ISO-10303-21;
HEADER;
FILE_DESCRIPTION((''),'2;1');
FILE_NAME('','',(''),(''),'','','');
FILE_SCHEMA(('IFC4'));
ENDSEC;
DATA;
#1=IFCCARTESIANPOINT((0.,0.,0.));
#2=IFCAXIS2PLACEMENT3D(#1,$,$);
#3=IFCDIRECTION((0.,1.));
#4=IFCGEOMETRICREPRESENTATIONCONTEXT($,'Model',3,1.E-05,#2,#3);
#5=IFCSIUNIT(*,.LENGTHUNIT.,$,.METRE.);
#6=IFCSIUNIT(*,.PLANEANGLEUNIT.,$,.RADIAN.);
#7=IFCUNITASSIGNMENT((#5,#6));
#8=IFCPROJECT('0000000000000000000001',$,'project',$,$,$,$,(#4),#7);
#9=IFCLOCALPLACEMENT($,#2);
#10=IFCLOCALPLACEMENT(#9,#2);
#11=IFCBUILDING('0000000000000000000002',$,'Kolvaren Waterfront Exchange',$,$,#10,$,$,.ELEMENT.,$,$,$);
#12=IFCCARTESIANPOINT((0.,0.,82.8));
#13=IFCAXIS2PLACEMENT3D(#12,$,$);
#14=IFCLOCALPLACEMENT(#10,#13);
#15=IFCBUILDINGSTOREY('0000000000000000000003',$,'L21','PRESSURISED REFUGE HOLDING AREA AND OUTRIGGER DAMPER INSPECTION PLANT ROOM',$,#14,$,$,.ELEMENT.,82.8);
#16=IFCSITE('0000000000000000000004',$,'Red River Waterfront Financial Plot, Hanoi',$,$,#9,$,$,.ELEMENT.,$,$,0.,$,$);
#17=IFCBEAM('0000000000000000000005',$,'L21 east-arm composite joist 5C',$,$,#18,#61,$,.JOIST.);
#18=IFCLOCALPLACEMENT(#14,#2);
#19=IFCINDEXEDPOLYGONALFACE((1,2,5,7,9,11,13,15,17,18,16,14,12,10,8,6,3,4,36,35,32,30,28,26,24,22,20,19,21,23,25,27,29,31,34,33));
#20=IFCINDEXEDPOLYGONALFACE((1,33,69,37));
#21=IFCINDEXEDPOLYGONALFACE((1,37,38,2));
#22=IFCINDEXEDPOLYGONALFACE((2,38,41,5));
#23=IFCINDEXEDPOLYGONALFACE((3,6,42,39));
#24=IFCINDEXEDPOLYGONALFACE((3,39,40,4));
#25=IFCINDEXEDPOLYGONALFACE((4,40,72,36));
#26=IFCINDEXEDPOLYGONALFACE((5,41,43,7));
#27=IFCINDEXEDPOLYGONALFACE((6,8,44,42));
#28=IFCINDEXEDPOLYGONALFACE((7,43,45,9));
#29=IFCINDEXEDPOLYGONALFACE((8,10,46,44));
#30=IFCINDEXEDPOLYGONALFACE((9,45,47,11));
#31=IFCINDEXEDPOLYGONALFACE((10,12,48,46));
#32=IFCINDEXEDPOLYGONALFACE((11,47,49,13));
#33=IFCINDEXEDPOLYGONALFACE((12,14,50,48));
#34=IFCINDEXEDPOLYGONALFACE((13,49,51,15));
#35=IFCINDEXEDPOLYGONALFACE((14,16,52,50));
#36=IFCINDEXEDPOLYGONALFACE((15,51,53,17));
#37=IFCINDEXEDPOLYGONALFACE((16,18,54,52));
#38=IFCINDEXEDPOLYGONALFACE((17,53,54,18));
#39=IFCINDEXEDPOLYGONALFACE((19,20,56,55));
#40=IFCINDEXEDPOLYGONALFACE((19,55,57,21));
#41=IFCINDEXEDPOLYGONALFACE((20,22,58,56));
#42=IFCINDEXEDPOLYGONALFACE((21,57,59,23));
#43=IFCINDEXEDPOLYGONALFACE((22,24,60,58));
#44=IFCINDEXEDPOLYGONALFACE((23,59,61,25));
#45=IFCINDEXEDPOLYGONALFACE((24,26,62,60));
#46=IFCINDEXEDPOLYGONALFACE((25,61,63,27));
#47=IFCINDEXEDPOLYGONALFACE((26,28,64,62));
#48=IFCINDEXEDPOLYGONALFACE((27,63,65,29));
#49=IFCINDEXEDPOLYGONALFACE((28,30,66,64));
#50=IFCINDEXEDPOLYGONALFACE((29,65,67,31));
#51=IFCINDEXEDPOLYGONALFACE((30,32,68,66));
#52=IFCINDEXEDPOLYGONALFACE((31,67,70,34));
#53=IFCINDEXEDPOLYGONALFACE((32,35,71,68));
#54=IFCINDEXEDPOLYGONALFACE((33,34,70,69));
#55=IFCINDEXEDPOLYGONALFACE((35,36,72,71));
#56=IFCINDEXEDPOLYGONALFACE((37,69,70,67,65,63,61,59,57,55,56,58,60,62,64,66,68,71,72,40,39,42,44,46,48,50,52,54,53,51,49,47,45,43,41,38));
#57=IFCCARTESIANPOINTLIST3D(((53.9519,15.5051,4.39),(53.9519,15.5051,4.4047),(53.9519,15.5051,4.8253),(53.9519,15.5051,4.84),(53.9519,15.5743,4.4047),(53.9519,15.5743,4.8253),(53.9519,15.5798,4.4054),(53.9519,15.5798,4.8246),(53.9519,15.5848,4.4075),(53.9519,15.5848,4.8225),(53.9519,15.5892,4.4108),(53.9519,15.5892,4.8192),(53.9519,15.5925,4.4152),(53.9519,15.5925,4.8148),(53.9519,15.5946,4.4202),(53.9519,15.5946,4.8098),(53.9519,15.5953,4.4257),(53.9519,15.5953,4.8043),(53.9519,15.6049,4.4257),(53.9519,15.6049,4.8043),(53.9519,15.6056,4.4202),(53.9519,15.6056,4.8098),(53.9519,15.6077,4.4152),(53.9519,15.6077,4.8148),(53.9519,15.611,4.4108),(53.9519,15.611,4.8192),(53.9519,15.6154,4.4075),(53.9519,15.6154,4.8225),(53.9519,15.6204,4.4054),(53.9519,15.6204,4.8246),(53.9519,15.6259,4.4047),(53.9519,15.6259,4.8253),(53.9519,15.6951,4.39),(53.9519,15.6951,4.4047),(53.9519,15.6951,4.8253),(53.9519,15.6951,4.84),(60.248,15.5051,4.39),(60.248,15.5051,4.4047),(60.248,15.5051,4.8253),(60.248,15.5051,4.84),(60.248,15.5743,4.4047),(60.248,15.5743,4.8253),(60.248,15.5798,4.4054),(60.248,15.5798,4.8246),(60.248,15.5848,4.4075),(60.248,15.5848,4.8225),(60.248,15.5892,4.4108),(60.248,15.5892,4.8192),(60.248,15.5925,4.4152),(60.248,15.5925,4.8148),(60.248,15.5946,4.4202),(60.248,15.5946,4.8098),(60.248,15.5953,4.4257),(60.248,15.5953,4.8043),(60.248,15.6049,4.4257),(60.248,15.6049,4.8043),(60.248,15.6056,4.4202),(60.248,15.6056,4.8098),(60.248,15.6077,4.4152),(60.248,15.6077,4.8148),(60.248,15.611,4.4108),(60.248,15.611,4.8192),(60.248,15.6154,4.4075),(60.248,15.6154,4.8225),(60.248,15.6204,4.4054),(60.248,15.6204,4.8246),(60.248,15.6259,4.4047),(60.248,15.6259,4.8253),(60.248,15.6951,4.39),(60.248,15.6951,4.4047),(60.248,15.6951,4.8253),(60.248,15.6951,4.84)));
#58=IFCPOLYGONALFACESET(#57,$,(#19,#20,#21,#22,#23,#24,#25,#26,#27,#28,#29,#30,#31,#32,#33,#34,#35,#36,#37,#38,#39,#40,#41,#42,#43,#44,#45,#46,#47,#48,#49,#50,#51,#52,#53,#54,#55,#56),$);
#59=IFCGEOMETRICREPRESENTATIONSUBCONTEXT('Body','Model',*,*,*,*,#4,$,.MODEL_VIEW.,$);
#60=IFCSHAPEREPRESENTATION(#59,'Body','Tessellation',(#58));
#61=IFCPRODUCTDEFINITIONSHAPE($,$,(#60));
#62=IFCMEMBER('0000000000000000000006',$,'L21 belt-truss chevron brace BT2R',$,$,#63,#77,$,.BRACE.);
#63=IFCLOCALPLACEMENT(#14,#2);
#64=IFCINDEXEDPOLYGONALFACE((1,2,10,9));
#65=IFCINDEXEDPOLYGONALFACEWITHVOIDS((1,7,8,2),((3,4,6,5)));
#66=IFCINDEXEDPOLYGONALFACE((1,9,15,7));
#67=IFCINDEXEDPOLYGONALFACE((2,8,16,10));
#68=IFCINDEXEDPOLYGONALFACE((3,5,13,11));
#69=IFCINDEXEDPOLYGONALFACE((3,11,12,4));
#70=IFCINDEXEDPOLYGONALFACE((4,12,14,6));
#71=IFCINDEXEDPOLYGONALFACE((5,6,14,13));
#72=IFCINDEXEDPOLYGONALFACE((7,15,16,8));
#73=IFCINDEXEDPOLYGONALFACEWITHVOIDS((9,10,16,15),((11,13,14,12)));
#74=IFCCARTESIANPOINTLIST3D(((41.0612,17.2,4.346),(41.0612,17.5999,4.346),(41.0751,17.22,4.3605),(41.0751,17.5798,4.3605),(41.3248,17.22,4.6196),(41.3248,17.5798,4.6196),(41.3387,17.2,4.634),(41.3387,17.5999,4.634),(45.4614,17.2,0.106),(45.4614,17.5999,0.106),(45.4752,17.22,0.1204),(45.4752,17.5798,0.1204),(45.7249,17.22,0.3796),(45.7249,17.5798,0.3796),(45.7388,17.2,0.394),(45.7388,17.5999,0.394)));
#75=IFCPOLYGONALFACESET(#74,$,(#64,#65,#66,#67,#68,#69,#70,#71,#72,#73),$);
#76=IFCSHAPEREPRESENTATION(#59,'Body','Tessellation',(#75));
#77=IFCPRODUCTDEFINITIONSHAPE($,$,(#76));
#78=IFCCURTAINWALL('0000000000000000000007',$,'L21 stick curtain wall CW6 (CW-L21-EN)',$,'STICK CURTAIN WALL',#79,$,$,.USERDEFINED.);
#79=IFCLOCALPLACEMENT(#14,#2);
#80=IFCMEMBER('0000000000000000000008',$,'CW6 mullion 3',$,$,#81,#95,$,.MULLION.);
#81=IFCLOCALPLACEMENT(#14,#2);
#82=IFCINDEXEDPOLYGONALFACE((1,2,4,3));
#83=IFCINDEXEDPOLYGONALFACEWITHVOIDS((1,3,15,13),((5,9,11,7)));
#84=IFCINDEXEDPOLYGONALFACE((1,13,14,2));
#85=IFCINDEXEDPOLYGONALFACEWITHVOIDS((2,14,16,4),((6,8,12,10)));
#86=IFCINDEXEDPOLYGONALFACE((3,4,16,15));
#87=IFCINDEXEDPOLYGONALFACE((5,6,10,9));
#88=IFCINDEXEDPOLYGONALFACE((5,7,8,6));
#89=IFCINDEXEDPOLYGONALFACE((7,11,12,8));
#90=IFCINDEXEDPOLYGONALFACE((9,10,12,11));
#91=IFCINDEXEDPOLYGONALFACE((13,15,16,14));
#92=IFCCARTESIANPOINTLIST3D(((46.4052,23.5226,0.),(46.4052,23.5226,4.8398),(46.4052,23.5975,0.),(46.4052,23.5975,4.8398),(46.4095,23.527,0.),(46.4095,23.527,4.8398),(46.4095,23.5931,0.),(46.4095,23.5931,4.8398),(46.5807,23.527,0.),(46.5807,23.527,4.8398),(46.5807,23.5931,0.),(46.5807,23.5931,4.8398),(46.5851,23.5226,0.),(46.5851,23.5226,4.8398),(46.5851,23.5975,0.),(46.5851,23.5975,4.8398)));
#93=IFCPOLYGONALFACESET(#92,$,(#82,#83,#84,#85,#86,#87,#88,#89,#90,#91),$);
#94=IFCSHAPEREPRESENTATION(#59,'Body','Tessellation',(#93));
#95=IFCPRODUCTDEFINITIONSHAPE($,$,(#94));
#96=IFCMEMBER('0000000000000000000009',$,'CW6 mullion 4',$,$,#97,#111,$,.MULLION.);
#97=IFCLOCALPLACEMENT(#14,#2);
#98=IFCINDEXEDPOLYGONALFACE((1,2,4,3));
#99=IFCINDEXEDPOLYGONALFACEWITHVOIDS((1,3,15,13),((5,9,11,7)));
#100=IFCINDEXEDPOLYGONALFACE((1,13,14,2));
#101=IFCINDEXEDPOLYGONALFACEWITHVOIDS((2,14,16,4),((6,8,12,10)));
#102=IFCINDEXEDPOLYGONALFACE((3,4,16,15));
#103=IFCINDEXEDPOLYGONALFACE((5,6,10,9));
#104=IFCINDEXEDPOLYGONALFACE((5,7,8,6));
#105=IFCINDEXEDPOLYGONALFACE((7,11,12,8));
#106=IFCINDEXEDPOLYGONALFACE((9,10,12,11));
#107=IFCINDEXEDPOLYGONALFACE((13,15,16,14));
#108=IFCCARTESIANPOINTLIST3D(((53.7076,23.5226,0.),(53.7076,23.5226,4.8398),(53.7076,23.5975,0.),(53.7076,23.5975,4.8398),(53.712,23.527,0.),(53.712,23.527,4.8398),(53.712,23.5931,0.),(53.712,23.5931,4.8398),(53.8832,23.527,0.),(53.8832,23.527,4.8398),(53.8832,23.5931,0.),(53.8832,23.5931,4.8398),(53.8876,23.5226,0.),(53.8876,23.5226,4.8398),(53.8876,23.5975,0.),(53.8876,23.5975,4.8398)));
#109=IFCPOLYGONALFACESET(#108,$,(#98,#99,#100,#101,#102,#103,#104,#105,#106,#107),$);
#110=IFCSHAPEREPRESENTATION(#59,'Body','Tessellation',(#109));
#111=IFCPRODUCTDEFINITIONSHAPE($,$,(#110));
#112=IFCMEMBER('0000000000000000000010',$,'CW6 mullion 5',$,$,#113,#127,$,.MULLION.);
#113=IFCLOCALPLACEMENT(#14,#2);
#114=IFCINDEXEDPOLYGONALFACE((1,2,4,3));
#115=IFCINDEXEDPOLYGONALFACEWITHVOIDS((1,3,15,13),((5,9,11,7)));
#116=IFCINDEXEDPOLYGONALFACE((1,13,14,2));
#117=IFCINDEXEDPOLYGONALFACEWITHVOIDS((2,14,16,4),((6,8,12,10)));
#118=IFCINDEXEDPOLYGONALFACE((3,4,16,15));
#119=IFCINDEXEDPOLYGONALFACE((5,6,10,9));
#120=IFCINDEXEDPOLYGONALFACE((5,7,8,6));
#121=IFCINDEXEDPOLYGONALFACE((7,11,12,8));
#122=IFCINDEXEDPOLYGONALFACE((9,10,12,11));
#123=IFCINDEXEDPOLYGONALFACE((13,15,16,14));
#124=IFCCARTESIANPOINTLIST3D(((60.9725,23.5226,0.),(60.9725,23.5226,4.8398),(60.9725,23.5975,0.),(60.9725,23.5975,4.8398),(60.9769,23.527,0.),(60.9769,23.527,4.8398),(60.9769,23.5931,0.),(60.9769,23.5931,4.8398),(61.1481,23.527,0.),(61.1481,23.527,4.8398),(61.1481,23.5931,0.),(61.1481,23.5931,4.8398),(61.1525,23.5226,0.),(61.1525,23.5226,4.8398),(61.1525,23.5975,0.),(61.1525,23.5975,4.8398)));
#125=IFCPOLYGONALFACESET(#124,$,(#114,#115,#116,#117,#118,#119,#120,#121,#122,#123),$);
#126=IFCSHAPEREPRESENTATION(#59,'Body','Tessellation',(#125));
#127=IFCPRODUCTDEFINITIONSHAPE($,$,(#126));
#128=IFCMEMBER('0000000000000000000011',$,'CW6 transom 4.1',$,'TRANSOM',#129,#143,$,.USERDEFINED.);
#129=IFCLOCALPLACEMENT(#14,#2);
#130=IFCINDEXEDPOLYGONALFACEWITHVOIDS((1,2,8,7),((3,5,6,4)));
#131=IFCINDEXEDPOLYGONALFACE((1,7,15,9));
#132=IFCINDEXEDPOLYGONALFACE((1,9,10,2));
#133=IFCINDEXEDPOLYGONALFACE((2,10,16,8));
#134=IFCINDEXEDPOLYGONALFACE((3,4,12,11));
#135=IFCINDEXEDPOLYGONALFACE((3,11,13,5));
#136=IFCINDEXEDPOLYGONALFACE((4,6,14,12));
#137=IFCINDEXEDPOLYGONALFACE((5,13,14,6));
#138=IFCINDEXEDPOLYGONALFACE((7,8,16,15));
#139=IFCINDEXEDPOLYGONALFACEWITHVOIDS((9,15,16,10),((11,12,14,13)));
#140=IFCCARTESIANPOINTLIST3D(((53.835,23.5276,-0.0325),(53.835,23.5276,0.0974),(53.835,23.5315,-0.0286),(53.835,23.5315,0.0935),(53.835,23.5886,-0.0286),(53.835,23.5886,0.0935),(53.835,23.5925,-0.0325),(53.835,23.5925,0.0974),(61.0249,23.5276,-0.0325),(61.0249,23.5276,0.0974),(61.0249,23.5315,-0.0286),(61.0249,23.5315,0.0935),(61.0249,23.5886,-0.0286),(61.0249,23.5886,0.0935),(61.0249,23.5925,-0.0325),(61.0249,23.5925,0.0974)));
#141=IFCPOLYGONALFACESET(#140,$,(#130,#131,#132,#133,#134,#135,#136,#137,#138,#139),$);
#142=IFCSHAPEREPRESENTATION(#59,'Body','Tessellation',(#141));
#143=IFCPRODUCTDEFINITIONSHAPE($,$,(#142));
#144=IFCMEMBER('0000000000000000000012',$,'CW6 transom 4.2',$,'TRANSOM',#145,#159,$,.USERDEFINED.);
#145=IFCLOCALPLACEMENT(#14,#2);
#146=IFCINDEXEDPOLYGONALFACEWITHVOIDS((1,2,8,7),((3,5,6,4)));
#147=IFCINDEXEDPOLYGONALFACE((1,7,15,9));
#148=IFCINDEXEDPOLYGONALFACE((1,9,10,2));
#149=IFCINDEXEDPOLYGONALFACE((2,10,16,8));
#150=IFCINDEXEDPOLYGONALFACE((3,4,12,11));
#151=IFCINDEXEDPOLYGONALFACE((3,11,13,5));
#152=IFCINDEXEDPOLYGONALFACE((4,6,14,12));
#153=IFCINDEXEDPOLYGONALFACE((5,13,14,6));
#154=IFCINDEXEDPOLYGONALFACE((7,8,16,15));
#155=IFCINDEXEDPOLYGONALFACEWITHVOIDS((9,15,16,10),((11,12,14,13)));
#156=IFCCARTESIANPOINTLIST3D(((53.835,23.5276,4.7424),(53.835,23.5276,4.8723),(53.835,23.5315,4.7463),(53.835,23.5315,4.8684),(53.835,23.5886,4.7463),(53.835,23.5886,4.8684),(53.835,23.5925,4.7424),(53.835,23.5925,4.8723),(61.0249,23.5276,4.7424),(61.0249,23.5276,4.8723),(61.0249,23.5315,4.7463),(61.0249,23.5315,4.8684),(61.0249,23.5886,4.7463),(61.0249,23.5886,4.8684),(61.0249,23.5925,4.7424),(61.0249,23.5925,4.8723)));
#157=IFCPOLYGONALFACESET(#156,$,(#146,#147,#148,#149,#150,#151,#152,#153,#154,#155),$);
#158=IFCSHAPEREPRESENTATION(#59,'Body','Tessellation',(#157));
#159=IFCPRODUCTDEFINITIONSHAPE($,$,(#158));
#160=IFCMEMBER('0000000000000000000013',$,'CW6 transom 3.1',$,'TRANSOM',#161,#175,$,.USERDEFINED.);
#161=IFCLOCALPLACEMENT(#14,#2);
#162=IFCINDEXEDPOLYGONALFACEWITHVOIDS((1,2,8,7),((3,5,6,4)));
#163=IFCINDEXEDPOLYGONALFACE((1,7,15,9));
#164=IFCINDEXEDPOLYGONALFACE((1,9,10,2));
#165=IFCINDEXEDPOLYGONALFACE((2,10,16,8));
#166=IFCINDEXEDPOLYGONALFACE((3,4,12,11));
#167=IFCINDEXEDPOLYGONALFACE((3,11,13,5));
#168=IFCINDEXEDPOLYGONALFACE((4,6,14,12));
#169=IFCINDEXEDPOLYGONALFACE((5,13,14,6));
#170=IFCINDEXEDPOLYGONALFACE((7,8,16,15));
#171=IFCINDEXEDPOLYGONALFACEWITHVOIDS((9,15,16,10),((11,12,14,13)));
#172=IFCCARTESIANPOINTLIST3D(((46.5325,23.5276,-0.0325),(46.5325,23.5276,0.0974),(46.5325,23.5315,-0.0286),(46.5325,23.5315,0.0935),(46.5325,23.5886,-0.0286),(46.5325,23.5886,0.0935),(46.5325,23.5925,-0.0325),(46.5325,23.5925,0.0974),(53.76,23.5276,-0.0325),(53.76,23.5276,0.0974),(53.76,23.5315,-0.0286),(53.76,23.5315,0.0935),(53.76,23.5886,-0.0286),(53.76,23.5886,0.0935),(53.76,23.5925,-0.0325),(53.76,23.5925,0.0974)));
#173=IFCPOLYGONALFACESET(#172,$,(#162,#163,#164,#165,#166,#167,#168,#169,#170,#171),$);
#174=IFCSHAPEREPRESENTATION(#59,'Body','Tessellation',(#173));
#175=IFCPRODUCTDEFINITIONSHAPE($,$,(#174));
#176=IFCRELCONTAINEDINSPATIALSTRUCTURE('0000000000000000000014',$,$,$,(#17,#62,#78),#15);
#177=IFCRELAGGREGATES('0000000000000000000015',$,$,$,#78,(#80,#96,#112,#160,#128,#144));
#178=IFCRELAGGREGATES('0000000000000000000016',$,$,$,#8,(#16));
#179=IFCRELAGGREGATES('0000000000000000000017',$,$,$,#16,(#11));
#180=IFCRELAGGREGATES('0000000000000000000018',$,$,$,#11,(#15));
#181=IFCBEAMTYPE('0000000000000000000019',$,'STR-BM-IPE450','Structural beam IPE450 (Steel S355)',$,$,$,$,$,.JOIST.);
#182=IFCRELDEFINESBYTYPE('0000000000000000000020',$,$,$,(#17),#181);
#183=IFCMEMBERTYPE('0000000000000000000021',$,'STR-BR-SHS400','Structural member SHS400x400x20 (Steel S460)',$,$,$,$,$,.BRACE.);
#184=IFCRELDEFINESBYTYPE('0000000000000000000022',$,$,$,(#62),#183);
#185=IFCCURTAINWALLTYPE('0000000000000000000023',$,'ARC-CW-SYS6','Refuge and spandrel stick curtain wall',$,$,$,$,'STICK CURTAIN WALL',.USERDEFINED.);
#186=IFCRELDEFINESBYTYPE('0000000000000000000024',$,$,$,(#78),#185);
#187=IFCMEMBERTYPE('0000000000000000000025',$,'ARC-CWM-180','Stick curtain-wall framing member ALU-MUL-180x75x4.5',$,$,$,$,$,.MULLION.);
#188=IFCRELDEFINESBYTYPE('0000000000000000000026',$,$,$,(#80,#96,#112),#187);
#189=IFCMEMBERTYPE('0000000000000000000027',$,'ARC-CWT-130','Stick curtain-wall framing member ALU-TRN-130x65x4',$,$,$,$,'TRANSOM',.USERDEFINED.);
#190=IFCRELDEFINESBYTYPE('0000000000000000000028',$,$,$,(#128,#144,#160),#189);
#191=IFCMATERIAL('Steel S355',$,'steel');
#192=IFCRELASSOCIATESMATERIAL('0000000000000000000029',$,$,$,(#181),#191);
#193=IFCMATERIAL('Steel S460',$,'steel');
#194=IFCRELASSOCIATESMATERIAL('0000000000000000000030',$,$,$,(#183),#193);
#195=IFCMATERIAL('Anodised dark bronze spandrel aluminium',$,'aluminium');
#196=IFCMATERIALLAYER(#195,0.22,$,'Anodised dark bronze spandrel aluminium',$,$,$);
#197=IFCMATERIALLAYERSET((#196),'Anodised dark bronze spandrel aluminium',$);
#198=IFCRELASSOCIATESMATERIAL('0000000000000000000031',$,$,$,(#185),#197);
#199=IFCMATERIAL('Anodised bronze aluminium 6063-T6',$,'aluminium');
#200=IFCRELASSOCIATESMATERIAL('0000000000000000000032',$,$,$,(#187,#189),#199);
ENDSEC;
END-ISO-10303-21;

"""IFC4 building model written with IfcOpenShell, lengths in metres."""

from ifc_helpers import new_model, si_unit, direction, frame, origin, origin_with_axes, origin_2d, place, context, subcontext, project, spatial, hollow_rectangle, i_section, extrude, source, transform, mapped, material, layer, layer_set, material_profile, profile_set, type_object, element, aggregate, save


model = new_model("IFC4")

# Units and contexts
model_context = context("Model", 3, precision=1e-05, world=origin(), true_north=direction((0.0, 1.0)))
body_context = subcontext(model_context, "Body", "Model", "MODEL_VIEW")
ifc_project = project(units=[si_unit("LENGTHUNIT", "METRE"), si_unit("PLANEANGLEUNIT", "RADIAN")], contexts=[model_context])

# Site, building, storey
site_placement = place(None, origin())
site = spatial("IfcSite", under=ifc_project, at=site_placement, Name="Red River Waterfront Financial Plot, Hanoi", CompositionType="ELEMENT", RefElevation=0.0)
building_placement = place(site_placement, origin())
building = spatial("IfcBuilding", under=site, at=building_placement, Name="Kolvaren Waterfront Exchange", CompositionType="ELEMENT")
storey_placement = place(building_placement, frame((0.0, 0.0, 82.8)))
storey = spatial("IfcBuildingStorey", under=building, at=storey_placement, Name="L21", Description="PRESSURISED REFUGE HOLDING AREA AND OUTRIGGER DAMPER INSPECTION PLANT ROOM", CompositionType="ELEMENT", Elevation=82.8)

# Beam
ifc_material_1 = material(Name="Steel S355", Category="steel")
ifc_material_profile_1 = material_profile(ifc_material_1, i_section(OverallWidth=0.1899, OverallDepth=0.45, WebThickness=0.0095, FlangeThickness=0.0146, FilletRadius=0.021, at=origin_2d()), Name="IPE450")
ifc_profile_set_1 = profile_set([ifc_material_profile_1], Name="Steel S355")
beam_type_1 = type_object("IfcBeamType", Name="STR-BM-IPE450", Description="Structural beam IPE450 (Steel S355)", PredefinedType="JOIST", material=ifc_profile_set_1)
beam_1_placement = place(storey_placement, frame((53.9519, 15.6001, 4.615), z_axis=(1.0, 0.0, 0.0), x_axis=(0.0, 1.0, 0.0)))
element("IfcBeam", 1, at=beam_1_placement, inside=storey, type_object=beam_type_1, Name="L21 east-arm composite joist 5C", PredefinedType="JOIST", context=body_context, shape_type="SweptSolid", body=[
    extrude(i_section(OverallWidth=0.1899, OverallDepth=0.45, WebThickness=0.0095, FlangeThickness=0.0146, FilletRadius=0.021, at=origin_2d()), origin(), (0.0, 0.0, 1.0), 6.2961),
])

# Member
ifc_material_2 = material(Name="Steel S460", Category="steel")
ifc_material_profile_2 = material_profile(ifc_material_2, hollow_rectangle(XDim=0.3999, YDim=0.3999, WallThickness=0.02, at=origin_2d()), Name="SHS400x400x20")
ifc_profile_set_2 = profile_set([ifc_material_profile_2], Name="Steel S460")
member_type_1 = type_object("IfcMemberType", Name="STR-BR-SHS400", Description="Structural member SHS400x400x20 (Steel S460)", PredefinedType="BRACE", material=ifc_profile_set_2)
member_1_placement = place(storey_placement, frame((45.6001, 17.3999, 0.25), z_axis=(-0.72009, 0.0, 0.69388), x_axis=(0.0, -1.0, 0.0)))
element("IfcMember", 2, at=member_1_placement, inside=storey, type_object=member_type_1, Name="L21 belt-truss chevron brace BT2R", PredefinedType="BRACE", context=body_context, shape_type="SweptSolid", body=[
    extrude(hollow_rectangle(XDim=0.3999, YDim=0.3999, WallThickness=0.02, at=origin_2d()), origin(), (0.0, 0.0, 1.0), 6.1106),
])

# Curtain wall, members
ifc_material_3 = material(Name="Anodised dark bronze spandrel aluminium", Category="aluminium")
ifc_layer_1 = layer(ifc_material_3, 0.22, Name="Anodised dark bronze spandrel aluminium")
ifc_layer_set_1 = layer_set([ifc_layer_1], Name="Anodised dark bronze spandrel aluminium")
curtain_wall_type = type_object("IfcCurtainWallType", Name="ARC-CW-SYS6", Description="Refuge and spandrel stick curtain wall", ElementType="STICK CURTAIN WALL", PredefinedType="USERDEFINED", material=ifc_layer_set_1)
curtain_wall_placement = place(storey_placement, origin())
curtain_wall = element("IfcCurtainWall", 3, at=curtain_wall_placement, inside=storey, type_object=curtain_wall_type, Name="L21 stick curtain wall CW6 (CW-L21-EN)", ObjectType="STICK CURTAIN WALL", PredefinedType="USERDEFINED")
ifc_material_4 = material(Name="Anodised bronze aluminium 6063-T6", Category="aluminium")
ifc_material_profile_3 = material_profile(ifc_material_4, hollow_rectangle(XDim=0.075, YDim=0.1799, WallThickness=0.0044, at=origin_2d()), Name="ALU-MUL-180x75x4.5")
ifc_profile_set_3 = profile_set([ifc_material_profile_3], Name="Anodised bronze aluminium 6063-T6")
member_type_2 = type_object("IfcMemberType", Name="ARC-CWM-180", Description="Stick curtain-wall framing member ALU-MUL-180x75x4.5", PredefinedType="MULLION", material=ifc_profile_set_3)
shared_shape_1 = source(origin_with_axes(), body_context, "Body", "SweptSolid", [
    extrude(hollow_rectangle(XDim=0.075, YDim=0.1799, WallThickness=0.0044, at=origin_2d()), origin(), (0.0, 0.0, 1.0), 4.8398),
])
member_2_placement = place(storey_placement, frame((46.4951, 23.5601, 0.0), z_axis=(0.0, 0.0, 1.0), x_axis=(0.0, 1.0, 0.0)))
member_2 = element("IfcMember", 4, at=member_2_placement, type_object=member_type_2, Name="CW6 mullion 3", PredefinedType="MULLION", context=body_context, shape_type="MappedRepresentation", body=[
    mapped(shared_shape_1, transform((0.0, 0.0, 0.0), x_axis=(1.0, 0.0, 0.0), y_axis=(0.0, 1.0, 0.0), z_axis=(0.0, 0.0, 1.0), scale=1.0)),
])
member_3_placement = place(storey_placement, frame((53.7976, 23.5601, 0.0), z_axis=(0.0, 0.0, 1.0), x_axis=(0.0, 1.0, 0.0)))
member_3 = element("IfcMember", 5, at=member_3_placement, type_object=member_type_2, Name="CW6 mullion 4", PredefinedType="MULLION", context=body_context, shape_type="MappedRepresentation", body=[
    mapped(shared_shape_1, transform((0.0, 0.0, 0.0), x_axis=(1.0, 0.0, 0.0), y_axis=(0.0, 1.0, 0.0), z_axis=(0.0, 0.0, 1.0), scale=1.0)),
])
member_4_placement = place(storey_placement, frame((61.0625, 23.5601, 0.0), z_axis=(0.0, 0.0, 1.0), x_axis=(0.0, 1.0, 0.0)))
member_4 = element("IfcMember", 6, at=member_4_placement, type_object=member_type_2, Name="CW6 mullion 5", PredefinedType="MULLION", context=body_context, shape_type="MappedRepresentation", body=[
    mapped(shared_shape_1, transform((0.0, 0.0, 0.0), x_axis=(1.0, 0.0, 0.0), y_axis=(0.0, 1.0, 0.0), z_axis=(0.0, 0.0, 1.0), scale=1.0)),
])
ifc_material_profile_4 = material_profile(ifc_material_4, hollow_rectangle(XDim=0.0649, YDim=0.1299, WallThickness=0.0039, at=origin_2d()), Name="ALU-TRN-130x65x4")
ifc_profile_set_4 = profile_set([ifc_material_profile_4], Name="Anodised bronze aluminium 6063-T6")
member_type_3 = type_object("IfcMemberType", Name="ARC-CWT-130", Description="Stick curtain-wall framing member ALU-TRN-130x65x4", ElementType="TRANSOM", PredefinedType="USERDEFINED", material=ifc_profile_set_4)
shared_shape_2 = source(origin_with_axes(), body_context, "Body", "SweptSolid", [
    extrude(hollow_rectangle(XDim=0.0649, YDim=0.1299, WallThickness=0.0039, at=origin_2d()), origin(), (0.0, 0.0, 1.0), 7.1899),
])
member_5_placement = place(storey_placement, frame((53.835, 23.5601, 0.0325), z_axis=(1.0, 0.0, 0.0), x_axis=(0.0, 1.0, 0.0)))
member_5 = element("IfcMember", 7, at=member_5_placement, type_object=member_type_3, Name="CW6 transom 4.1", ObjectType="TRANSOM", PredefinedType="USERDEFINED", context=body_context, shape_type="MappedRepresentation", body=[
    mapped(shared_shape_2, transform((0.0, 0.0, 0.0), x_axis=(1.0, 0.0, 0.0), y_axis=(0.0, 1.0, 0.0), z_axis=(0.0, 0.0, 1.0), scale=1.0)),
])
member_6_placement = place(storey_placement, frame((53.835, 23.5601, 4.8074), z_axis=(1.0, 0.0, 0.0), x_axis=(0.0, 1.0, 0.0)))
member_6 = element("IfcMember", 8, at=member_6_placement, type_object=member_type_3, Name="CW6 transom 4.2", ObjectType="TRANSOM", PredefinedType="USERDEFINED", context=body_context, shape_type="MappedRepresentation", body=[
    mapped(shared_shape_2, transform((0.0, 0.0, 0.0), x_axis=(1.0, 0.0, 0.0), y_axis=(0.0, 1.0, 0.0), z_axis=(0.0, 0.0, 1.0), scale=1.0)),
])
shared_shape_3 = source(origin_with_axes(), body_context, "Body", "SweptSolid", [
    extrude(hollow_rectangle(XDim=0.0649, YDim=0.1299, WallThickness=0.0039, at=origin_2d()), origin(), (0.0, 0.0, 1.0), 7.2275),
])
member_7_placement = place(storey_placement, frame((46.5325, 23.5601, 0.0325), z_axis=(1.0, 0.0, 0.0), x_axis=(0.0, 1.0, 0.0)))
member_7 = element("IfcMember", 9, at=member_7_placement, type_object=member_type_3, Name="CW6 transom 3.1", ObjectType="TRANSOM", PredefinedType="USERDEFINED", context=body_context, shape_type="MappedRepresentation", body=[
    mapped(shared_shape_3, transform((0.0, 0.0, 0.0), x_axis=(1.0, 0.0, 0.0), y_axis=(0.0, 1.0, 0.0), z_axis=(0.0, 0.0, 1.0), scale=1.0)),
])

aggregate(curtain_wall, [member_2, member_3, member_4, member_7, member_5, member_6])

save(model, "model.ifc")
